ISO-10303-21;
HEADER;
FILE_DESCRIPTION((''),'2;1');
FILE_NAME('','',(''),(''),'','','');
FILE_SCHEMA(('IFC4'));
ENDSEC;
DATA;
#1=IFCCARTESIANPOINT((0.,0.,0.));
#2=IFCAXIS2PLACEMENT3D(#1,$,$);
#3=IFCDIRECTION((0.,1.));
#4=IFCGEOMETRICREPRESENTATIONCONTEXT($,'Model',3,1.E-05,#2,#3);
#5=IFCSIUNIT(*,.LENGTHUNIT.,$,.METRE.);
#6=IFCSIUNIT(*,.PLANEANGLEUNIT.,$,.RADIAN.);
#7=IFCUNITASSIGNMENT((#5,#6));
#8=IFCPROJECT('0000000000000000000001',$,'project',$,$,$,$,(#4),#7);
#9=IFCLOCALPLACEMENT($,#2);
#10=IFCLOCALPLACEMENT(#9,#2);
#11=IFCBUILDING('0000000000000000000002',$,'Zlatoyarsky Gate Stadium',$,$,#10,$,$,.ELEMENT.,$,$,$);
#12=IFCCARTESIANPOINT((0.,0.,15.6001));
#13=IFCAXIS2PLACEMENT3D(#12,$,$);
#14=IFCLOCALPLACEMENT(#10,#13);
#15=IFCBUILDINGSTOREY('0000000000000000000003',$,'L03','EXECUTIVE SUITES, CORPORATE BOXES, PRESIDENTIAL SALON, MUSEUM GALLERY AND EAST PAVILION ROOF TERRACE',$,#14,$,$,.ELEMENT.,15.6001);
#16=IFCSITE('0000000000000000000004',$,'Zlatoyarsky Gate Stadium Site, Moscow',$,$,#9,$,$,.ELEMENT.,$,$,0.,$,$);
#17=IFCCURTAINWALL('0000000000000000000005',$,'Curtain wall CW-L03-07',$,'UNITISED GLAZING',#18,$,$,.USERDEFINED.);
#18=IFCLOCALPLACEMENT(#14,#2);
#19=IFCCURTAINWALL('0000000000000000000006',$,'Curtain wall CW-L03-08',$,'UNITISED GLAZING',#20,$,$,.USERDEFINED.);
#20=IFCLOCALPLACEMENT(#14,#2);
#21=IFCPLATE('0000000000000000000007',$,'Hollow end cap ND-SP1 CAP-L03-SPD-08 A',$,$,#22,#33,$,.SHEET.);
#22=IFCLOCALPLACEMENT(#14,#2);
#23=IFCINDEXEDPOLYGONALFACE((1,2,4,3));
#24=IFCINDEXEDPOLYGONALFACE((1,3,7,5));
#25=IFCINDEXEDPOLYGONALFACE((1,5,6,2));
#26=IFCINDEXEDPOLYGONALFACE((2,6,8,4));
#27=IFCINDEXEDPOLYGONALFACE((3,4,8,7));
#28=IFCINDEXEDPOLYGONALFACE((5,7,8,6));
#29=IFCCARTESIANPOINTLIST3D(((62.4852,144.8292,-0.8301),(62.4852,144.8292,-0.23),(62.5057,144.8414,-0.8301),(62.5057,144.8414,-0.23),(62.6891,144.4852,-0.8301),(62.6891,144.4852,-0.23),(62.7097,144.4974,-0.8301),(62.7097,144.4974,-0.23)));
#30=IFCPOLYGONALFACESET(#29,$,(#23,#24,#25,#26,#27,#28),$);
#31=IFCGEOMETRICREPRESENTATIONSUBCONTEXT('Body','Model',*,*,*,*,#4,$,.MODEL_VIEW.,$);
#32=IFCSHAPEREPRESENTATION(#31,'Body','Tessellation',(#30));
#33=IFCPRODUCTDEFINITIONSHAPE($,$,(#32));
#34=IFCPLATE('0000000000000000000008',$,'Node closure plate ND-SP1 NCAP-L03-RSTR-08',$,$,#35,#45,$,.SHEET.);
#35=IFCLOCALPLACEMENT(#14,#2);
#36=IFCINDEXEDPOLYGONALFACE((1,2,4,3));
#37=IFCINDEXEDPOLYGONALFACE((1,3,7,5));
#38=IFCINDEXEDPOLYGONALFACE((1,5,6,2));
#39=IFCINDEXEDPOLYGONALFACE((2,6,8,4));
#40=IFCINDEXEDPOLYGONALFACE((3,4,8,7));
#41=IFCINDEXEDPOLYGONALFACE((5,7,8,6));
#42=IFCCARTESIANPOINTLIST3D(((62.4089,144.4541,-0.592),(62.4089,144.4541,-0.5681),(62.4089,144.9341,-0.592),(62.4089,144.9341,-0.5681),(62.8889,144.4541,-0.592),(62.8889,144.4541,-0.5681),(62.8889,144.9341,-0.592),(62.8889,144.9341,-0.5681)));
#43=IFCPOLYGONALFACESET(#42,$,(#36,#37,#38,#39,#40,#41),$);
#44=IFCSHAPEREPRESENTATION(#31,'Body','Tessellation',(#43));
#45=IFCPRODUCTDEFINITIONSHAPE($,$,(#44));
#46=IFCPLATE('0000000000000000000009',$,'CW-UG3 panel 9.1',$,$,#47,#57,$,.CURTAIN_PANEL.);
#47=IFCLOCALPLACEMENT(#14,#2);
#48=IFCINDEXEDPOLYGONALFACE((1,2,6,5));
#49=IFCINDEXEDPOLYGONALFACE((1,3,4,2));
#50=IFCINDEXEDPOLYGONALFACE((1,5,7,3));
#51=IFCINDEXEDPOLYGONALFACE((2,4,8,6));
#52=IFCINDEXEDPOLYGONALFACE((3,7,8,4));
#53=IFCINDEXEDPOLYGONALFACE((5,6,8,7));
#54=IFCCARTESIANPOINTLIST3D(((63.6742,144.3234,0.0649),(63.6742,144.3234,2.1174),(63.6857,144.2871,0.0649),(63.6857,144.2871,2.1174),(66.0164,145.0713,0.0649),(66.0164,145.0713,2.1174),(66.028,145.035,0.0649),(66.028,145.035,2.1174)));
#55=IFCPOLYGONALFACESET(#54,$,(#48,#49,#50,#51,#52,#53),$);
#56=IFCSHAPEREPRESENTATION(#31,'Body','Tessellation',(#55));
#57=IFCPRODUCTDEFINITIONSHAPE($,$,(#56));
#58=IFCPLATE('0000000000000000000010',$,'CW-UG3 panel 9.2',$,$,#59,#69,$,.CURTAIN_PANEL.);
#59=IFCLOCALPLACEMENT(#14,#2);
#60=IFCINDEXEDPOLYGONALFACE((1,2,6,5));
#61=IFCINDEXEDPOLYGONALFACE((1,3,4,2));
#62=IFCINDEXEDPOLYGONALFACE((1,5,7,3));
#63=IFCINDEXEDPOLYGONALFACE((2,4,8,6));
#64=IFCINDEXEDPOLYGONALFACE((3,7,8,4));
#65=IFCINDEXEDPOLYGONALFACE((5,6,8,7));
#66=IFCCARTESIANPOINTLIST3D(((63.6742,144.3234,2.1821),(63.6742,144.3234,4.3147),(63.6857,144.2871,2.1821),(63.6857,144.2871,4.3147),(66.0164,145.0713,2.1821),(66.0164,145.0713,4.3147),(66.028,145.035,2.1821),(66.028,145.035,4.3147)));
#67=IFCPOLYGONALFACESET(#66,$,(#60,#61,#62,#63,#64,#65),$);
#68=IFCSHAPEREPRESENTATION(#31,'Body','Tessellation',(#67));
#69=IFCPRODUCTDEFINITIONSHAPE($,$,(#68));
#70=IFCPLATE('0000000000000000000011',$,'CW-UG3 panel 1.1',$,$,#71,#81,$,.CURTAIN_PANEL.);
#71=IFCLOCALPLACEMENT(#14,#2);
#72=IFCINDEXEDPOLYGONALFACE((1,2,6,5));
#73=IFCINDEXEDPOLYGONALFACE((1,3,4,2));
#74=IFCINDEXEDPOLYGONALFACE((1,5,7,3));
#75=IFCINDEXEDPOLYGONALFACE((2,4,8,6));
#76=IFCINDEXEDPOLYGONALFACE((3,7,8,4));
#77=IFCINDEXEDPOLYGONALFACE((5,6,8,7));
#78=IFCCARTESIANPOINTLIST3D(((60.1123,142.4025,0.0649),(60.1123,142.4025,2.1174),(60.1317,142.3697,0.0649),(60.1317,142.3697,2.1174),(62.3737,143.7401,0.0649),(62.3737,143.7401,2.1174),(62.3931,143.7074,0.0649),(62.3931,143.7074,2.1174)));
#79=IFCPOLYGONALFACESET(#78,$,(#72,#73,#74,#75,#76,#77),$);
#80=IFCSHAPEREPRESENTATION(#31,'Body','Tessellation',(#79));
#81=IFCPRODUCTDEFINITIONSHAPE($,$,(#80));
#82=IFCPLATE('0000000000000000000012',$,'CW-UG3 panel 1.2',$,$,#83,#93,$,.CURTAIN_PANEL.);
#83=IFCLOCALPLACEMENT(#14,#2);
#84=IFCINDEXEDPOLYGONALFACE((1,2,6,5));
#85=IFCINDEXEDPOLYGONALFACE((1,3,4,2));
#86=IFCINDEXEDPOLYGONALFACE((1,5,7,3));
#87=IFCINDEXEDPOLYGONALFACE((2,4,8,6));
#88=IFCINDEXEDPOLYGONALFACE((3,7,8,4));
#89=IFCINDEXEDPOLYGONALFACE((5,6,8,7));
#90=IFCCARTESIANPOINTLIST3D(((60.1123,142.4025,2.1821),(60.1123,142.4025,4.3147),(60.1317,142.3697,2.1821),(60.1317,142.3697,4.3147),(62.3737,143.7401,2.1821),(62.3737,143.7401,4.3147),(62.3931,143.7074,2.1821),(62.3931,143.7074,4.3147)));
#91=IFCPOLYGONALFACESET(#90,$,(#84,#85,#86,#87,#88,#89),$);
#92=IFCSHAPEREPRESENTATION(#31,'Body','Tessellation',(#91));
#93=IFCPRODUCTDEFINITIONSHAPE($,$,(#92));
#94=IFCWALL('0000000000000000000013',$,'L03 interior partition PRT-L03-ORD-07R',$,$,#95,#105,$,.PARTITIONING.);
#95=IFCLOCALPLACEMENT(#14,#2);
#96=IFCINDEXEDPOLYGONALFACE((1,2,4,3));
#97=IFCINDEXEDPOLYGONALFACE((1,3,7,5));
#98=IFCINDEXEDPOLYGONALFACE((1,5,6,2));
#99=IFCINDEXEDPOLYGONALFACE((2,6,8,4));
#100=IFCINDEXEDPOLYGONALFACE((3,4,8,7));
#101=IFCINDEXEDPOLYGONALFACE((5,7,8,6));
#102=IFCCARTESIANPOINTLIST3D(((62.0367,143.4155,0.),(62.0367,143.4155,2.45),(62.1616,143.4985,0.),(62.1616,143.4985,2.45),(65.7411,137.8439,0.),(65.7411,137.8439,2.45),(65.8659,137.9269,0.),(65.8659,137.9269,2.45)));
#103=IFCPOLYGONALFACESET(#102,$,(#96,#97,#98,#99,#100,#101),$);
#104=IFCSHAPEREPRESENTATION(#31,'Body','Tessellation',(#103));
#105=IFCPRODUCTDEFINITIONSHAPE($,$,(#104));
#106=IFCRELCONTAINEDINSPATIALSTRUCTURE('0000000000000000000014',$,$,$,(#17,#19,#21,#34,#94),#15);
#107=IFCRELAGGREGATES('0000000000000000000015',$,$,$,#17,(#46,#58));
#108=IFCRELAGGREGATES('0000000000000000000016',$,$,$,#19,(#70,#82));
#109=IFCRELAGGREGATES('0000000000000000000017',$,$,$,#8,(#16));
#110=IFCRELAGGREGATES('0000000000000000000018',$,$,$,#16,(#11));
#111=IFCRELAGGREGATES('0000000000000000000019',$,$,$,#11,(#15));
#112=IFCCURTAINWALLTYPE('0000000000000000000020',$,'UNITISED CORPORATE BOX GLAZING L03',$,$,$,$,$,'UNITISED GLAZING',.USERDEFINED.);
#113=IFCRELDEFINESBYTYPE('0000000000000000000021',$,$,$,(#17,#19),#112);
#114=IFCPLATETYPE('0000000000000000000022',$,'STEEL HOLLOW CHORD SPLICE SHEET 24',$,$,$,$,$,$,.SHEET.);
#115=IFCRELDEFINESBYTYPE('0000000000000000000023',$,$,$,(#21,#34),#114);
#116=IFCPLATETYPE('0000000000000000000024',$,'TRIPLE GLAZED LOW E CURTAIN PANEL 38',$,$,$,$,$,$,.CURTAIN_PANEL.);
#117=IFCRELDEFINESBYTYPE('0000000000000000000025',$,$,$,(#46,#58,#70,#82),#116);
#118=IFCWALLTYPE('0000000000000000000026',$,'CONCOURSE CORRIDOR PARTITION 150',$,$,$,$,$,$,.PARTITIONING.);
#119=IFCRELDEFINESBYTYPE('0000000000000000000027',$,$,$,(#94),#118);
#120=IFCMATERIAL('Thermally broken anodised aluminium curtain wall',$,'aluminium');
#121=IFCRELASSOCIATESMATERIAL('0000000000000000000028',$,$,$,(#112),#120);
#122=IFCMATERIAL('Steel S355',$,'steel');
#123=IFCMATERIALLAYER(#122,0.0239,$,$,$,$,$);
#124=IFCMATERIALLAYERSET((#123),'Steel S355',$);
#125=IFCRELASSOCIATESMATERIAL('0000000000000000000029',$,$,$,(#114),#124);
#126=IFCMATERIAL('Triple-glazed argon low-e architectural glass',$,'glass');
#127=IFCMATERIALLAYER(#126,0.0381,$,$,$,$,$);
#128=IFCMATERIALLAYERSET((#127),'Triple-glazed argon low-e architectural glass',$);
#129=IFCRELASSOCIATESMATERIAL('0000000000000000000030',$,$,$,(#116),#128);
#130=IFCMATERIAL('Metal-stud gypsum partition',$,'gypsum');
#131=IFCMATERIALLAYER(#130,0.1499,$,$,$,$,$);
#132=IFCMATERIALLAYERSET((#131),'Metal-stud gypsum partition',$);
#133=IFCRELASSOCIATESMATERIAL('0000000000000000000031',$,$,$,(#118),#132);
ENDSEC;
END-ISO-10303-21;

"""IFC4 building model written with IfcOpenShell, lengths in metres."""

from ifc_helpers import new_model, si_unit, direction, frame, frame_2d, origin, origin_2d, place, context, subcontext, project, spatial, rectangle, extrude, material, layer, layer_set, type_object, element, aggregate, save


model = new_model("IFC4")

# Units and contexts
model_context = context("Model", 3, precision=1e-05, world=origin(), true_north=direction((0.0, 1.0)))
body_context = subcontext(model_context, "Body", "Model", "MODEL_VIEW")
ifc_project = project(units=[si_unit("LENGTHUNIT", "METRE"), si_unit("PLANEANGLEUNIT", "RADIAN")], contexts=[model_context])

# Site, building, storey
site_placement = place(None, origin())
site = spatial("IfcSite", under=ifc_project, at=site_placement, Name="Zlatoyarsky Gate Stadium Site, Moscow", CompositionType="ELEMENT", RefElevation=0.0)
building_placement = place(site_placement, origin())
building = spatial("IfcBuilding", under=site, at=building_placement, Name="Zlatoyarsky Gate Stadium", CompositionType="ELEMENT")
storey_placement = place(building_placement, frame((0.0, 0.0, 15.6001)))
storey = spatial("IfcBuildingStorey", under=building, at=storey_placement, Name="L03", Description="EXECUTIVE SUITES, CORPORATE BOXES, PRESIDENTIAL SALON, MUSEUM GALLERY AND EAST PAVILION ROOF TERRACE", CompositionType="ELEMENT", Elevation=15.6001)

# Shared definitions
ifc_material_1 = material(Name="Steel S355", Category="steel")

# Curtain walls
ifc_material_2 = material(Name="Thermally broken anodised aluminium curtain wall", Category="aluminium")
curtain_wall_type = type_object("IfcCurtainWallType", Name="UNITISED CORPORATE BOX GLAZING L03", ElementType="UNITISED GLAZING", PredefinedType="USERDEFINED", material=ifc_material_2)
curtain_wall_1_placement = place(storey_placement, origin())
curtain_wall_1 = element("IfcCurtainWall", 1, at=curtain_wall_1_placement, inside=storey, type_object=curtain_wall_type, Name="Curtain wall CW-L03-07", ObjectType="UNITISED GLAZING", PredefinedType="USERDEFINED")
curtain_wall_2_placement = place(storey_placement, origin())
curtain_wall_2 = element("IfcCurtainWall", 2, at=curtain_wall_2_placement, inside=storey, type_object=curtain_wall_type, Name="Curtain wall CW-L03-08", ObjectType="UNITISED GLAZING", PredefinedType="USERDEFINED")

# Plates
ifc_layer_1 = layer(ifc_material_1, 0.0239)
ifc_layer_set_1 = layer_set([ifc_layer_1], Name="Steel S355")
plate_type_1 = type_object("IfcPlateType", Name="STEEL HOLLOW CHORD SPLICE SHEET 24", PredefinedType="SHEET", material=ifc_layer_set_1)
for number, where, z_axis, x_axis, name in (
    (3, (62.5974, 144.6633, -0.8301), (0.0, 0.0, 1.0), (-0.860229, -0.509908, 0.0), "Hollow end cap ND-SP1 CAP-L03-SPD-08 A"),
):
    element("IfcPlate", number, at=place(storey_placement, frame(where, z_axis=z_axis, x_axis=x_axis)), inside=storey, type_object=plate_type_1, Name=name, PredefinedType="SHEET", context=body_context, shape_type="SweptSolid", body=[
        extrude(rectangle(XDim=0.0239, YDim=0.3999, at=origin_2d()), origin(), (0.0, 0.0, 1.0), 0.6001),
    ])
plate_1_placement = place(storey_placement, frame((62.6489, 144.6941, -0.592), z_axis=(0.0, 0.0, 1.0), x_axis=(1.0, 0.0, 0.0)))
element("IfcPlate", 4, at=plate_1_placement, inside=storey, type_object=plate_type_1, Name="Node closure plate ND-SP1 NCAP-L03-RSTR-08", PredefinedType="SHEET", context=body_context, shape_type="SweptSolid", body=[
    extrude(rectangle(XDim=0.48, YDim=0.48, at=origin_2d()), origin(), (0.0, 0.0, 1.0), 0.0239),
])

# Plates
ifc_material_3 = material(Name="Triple-glazed argon low-e architectural glass", Category="glass")
ifc_layer_2 = layer(ifc_material_3, 0.0381)
ifc_layer_set_2 = layer_set([ifc_layer_2], Name="Triple-glazed argon low-e architectural glass")
plate_type_2 = type_object("IfcPlateType", Name="TRIPLE GLAZED LOW E CURTAIN PANEL 38", PredefinedType="CURTAIN_PANEL", material=ifc_layer_set_2)
plate_2_placement = place(storey_placement, frame((64.8511, 144.6792, 0.0649), z_axis=(0.0, 0.0, 1.0), x_axis=(-0.95262, -0.304162, 0.0)))
plate_2 = element("IfcPlate", 5, at=plate_2_placement, type_object=plate_type_2, Name="CW-UG3 panel 9.1", PredefinedType="CURTAIN_PANEL", context=body_context, shape_type="SweptSolid", body=[
    extrude(rectangle(XDim=2.4587, YDim=0.0381, at=origin_2d()), origin(), (0.0, 0.0, 1.0), 2.0525),
])
plate_3_placement = place(storey_placement, frame((64.8511, 144.6792, 2.1821), z_axis=(0.0, 0.0, 1.0), x_axis=(-0.95262, -0.304162, 0.0)))
plate_3 = element("IfcPlate", 6, at=plate_3_placement, type_object=plate_type_2, Name="CW-UG3 panel 9.2", PredefinedType="CURTAIN_PANEL", context=body_context, shape_type="SweptSolid", body=[
    extrude(rectangle(XDim=2.4587, YDim=0.0381, at=origin_2d()), origin(), (0.0, 0.0, 1.0), 2.1326),
])
aggregate(curtain_wall_1, [plate_2, plate_3])
plate_4_placement = place(storey_placement, frame((61.2527, 143.0549, 0.0649), z_axis=(0.0, 0.0, 1.0), x_axis=(-0.860708, -0.509098, 0.0)))
plate_4 = element("IfcPlate", 7, at=plate_4_placement, type_object=plate_type_2, Name="CW-UG3 panel 1.1", PredefinedType="CURTAIN_PANEL", context=body_context, shape_type="SweptSolid", body=[
    extrude(rectangle(XDim=2.6274, YDim=0.0381, at=origin_2d()), origin(), (0.0, 0.0, 1.0), 2.0525),
])
plate_5_placement = place(storey_placement, frame((61.2527, 143.0549, 2.1821), z_axis=(0.0, 0.0, 1.0), x_axis=(-0.860708, -0.509098, 0.0)))
plate_5 = element("IfcPlate", 8, at=plate_5_placement, type_object=plate_type_2, Name="CW-UG3 panel 1.2", PredefinedType="CURTAIN_PANEL", context=body_context, shape_type="SweptSolid", body=[
    extrude(rectangle(XDim=2.6274, YDim=0.0381, at=origin_2d()), origin(), (0.0, 0.0, 1.0), 2.1326),
])
aggregate(curtain_wall_2, [plate_4, plate_5])

# Wall
ifc_material_4 = material(Name="Metal-stud gypsum partition", Category="gypsum")
ifc_layer_3 = layer(ifc_material_4, 0.1499)
ifc_layer_set_3 = layer_set([ifc_layer_3], Name="Metal-stud gypsum partition")
wall_type = type_object("IfcWallType", Name="CONCOURSE CORRIDOR PARTITION 150", PredefinedType="PARTITIONING", material=ifc_layer_set_3)
wall_placement = place(storey_placement, frame((65.8035, 137.8855, 0.0), z_axis=(0.0, 0.0, 1.0), x_axis=(-0.553664, 0.83274, 0.0)))
element("IfcWall", 9, at=wall_placement, inside=storey, type_object=wall_type, Name="L03 interior partition PRT-L03-ORD-07R", PredefinedType="PARTITIONING", context=body_context, shape_type="SweptSolid", body=[
    extrude(rectangle(XDim=6.6907, YDim=0.1499, at=frame_2d((3.3452, 0.0))), origin(), (0.0, 0.0, 1.0), 2.45),
])

save(model, "model.ifc")
